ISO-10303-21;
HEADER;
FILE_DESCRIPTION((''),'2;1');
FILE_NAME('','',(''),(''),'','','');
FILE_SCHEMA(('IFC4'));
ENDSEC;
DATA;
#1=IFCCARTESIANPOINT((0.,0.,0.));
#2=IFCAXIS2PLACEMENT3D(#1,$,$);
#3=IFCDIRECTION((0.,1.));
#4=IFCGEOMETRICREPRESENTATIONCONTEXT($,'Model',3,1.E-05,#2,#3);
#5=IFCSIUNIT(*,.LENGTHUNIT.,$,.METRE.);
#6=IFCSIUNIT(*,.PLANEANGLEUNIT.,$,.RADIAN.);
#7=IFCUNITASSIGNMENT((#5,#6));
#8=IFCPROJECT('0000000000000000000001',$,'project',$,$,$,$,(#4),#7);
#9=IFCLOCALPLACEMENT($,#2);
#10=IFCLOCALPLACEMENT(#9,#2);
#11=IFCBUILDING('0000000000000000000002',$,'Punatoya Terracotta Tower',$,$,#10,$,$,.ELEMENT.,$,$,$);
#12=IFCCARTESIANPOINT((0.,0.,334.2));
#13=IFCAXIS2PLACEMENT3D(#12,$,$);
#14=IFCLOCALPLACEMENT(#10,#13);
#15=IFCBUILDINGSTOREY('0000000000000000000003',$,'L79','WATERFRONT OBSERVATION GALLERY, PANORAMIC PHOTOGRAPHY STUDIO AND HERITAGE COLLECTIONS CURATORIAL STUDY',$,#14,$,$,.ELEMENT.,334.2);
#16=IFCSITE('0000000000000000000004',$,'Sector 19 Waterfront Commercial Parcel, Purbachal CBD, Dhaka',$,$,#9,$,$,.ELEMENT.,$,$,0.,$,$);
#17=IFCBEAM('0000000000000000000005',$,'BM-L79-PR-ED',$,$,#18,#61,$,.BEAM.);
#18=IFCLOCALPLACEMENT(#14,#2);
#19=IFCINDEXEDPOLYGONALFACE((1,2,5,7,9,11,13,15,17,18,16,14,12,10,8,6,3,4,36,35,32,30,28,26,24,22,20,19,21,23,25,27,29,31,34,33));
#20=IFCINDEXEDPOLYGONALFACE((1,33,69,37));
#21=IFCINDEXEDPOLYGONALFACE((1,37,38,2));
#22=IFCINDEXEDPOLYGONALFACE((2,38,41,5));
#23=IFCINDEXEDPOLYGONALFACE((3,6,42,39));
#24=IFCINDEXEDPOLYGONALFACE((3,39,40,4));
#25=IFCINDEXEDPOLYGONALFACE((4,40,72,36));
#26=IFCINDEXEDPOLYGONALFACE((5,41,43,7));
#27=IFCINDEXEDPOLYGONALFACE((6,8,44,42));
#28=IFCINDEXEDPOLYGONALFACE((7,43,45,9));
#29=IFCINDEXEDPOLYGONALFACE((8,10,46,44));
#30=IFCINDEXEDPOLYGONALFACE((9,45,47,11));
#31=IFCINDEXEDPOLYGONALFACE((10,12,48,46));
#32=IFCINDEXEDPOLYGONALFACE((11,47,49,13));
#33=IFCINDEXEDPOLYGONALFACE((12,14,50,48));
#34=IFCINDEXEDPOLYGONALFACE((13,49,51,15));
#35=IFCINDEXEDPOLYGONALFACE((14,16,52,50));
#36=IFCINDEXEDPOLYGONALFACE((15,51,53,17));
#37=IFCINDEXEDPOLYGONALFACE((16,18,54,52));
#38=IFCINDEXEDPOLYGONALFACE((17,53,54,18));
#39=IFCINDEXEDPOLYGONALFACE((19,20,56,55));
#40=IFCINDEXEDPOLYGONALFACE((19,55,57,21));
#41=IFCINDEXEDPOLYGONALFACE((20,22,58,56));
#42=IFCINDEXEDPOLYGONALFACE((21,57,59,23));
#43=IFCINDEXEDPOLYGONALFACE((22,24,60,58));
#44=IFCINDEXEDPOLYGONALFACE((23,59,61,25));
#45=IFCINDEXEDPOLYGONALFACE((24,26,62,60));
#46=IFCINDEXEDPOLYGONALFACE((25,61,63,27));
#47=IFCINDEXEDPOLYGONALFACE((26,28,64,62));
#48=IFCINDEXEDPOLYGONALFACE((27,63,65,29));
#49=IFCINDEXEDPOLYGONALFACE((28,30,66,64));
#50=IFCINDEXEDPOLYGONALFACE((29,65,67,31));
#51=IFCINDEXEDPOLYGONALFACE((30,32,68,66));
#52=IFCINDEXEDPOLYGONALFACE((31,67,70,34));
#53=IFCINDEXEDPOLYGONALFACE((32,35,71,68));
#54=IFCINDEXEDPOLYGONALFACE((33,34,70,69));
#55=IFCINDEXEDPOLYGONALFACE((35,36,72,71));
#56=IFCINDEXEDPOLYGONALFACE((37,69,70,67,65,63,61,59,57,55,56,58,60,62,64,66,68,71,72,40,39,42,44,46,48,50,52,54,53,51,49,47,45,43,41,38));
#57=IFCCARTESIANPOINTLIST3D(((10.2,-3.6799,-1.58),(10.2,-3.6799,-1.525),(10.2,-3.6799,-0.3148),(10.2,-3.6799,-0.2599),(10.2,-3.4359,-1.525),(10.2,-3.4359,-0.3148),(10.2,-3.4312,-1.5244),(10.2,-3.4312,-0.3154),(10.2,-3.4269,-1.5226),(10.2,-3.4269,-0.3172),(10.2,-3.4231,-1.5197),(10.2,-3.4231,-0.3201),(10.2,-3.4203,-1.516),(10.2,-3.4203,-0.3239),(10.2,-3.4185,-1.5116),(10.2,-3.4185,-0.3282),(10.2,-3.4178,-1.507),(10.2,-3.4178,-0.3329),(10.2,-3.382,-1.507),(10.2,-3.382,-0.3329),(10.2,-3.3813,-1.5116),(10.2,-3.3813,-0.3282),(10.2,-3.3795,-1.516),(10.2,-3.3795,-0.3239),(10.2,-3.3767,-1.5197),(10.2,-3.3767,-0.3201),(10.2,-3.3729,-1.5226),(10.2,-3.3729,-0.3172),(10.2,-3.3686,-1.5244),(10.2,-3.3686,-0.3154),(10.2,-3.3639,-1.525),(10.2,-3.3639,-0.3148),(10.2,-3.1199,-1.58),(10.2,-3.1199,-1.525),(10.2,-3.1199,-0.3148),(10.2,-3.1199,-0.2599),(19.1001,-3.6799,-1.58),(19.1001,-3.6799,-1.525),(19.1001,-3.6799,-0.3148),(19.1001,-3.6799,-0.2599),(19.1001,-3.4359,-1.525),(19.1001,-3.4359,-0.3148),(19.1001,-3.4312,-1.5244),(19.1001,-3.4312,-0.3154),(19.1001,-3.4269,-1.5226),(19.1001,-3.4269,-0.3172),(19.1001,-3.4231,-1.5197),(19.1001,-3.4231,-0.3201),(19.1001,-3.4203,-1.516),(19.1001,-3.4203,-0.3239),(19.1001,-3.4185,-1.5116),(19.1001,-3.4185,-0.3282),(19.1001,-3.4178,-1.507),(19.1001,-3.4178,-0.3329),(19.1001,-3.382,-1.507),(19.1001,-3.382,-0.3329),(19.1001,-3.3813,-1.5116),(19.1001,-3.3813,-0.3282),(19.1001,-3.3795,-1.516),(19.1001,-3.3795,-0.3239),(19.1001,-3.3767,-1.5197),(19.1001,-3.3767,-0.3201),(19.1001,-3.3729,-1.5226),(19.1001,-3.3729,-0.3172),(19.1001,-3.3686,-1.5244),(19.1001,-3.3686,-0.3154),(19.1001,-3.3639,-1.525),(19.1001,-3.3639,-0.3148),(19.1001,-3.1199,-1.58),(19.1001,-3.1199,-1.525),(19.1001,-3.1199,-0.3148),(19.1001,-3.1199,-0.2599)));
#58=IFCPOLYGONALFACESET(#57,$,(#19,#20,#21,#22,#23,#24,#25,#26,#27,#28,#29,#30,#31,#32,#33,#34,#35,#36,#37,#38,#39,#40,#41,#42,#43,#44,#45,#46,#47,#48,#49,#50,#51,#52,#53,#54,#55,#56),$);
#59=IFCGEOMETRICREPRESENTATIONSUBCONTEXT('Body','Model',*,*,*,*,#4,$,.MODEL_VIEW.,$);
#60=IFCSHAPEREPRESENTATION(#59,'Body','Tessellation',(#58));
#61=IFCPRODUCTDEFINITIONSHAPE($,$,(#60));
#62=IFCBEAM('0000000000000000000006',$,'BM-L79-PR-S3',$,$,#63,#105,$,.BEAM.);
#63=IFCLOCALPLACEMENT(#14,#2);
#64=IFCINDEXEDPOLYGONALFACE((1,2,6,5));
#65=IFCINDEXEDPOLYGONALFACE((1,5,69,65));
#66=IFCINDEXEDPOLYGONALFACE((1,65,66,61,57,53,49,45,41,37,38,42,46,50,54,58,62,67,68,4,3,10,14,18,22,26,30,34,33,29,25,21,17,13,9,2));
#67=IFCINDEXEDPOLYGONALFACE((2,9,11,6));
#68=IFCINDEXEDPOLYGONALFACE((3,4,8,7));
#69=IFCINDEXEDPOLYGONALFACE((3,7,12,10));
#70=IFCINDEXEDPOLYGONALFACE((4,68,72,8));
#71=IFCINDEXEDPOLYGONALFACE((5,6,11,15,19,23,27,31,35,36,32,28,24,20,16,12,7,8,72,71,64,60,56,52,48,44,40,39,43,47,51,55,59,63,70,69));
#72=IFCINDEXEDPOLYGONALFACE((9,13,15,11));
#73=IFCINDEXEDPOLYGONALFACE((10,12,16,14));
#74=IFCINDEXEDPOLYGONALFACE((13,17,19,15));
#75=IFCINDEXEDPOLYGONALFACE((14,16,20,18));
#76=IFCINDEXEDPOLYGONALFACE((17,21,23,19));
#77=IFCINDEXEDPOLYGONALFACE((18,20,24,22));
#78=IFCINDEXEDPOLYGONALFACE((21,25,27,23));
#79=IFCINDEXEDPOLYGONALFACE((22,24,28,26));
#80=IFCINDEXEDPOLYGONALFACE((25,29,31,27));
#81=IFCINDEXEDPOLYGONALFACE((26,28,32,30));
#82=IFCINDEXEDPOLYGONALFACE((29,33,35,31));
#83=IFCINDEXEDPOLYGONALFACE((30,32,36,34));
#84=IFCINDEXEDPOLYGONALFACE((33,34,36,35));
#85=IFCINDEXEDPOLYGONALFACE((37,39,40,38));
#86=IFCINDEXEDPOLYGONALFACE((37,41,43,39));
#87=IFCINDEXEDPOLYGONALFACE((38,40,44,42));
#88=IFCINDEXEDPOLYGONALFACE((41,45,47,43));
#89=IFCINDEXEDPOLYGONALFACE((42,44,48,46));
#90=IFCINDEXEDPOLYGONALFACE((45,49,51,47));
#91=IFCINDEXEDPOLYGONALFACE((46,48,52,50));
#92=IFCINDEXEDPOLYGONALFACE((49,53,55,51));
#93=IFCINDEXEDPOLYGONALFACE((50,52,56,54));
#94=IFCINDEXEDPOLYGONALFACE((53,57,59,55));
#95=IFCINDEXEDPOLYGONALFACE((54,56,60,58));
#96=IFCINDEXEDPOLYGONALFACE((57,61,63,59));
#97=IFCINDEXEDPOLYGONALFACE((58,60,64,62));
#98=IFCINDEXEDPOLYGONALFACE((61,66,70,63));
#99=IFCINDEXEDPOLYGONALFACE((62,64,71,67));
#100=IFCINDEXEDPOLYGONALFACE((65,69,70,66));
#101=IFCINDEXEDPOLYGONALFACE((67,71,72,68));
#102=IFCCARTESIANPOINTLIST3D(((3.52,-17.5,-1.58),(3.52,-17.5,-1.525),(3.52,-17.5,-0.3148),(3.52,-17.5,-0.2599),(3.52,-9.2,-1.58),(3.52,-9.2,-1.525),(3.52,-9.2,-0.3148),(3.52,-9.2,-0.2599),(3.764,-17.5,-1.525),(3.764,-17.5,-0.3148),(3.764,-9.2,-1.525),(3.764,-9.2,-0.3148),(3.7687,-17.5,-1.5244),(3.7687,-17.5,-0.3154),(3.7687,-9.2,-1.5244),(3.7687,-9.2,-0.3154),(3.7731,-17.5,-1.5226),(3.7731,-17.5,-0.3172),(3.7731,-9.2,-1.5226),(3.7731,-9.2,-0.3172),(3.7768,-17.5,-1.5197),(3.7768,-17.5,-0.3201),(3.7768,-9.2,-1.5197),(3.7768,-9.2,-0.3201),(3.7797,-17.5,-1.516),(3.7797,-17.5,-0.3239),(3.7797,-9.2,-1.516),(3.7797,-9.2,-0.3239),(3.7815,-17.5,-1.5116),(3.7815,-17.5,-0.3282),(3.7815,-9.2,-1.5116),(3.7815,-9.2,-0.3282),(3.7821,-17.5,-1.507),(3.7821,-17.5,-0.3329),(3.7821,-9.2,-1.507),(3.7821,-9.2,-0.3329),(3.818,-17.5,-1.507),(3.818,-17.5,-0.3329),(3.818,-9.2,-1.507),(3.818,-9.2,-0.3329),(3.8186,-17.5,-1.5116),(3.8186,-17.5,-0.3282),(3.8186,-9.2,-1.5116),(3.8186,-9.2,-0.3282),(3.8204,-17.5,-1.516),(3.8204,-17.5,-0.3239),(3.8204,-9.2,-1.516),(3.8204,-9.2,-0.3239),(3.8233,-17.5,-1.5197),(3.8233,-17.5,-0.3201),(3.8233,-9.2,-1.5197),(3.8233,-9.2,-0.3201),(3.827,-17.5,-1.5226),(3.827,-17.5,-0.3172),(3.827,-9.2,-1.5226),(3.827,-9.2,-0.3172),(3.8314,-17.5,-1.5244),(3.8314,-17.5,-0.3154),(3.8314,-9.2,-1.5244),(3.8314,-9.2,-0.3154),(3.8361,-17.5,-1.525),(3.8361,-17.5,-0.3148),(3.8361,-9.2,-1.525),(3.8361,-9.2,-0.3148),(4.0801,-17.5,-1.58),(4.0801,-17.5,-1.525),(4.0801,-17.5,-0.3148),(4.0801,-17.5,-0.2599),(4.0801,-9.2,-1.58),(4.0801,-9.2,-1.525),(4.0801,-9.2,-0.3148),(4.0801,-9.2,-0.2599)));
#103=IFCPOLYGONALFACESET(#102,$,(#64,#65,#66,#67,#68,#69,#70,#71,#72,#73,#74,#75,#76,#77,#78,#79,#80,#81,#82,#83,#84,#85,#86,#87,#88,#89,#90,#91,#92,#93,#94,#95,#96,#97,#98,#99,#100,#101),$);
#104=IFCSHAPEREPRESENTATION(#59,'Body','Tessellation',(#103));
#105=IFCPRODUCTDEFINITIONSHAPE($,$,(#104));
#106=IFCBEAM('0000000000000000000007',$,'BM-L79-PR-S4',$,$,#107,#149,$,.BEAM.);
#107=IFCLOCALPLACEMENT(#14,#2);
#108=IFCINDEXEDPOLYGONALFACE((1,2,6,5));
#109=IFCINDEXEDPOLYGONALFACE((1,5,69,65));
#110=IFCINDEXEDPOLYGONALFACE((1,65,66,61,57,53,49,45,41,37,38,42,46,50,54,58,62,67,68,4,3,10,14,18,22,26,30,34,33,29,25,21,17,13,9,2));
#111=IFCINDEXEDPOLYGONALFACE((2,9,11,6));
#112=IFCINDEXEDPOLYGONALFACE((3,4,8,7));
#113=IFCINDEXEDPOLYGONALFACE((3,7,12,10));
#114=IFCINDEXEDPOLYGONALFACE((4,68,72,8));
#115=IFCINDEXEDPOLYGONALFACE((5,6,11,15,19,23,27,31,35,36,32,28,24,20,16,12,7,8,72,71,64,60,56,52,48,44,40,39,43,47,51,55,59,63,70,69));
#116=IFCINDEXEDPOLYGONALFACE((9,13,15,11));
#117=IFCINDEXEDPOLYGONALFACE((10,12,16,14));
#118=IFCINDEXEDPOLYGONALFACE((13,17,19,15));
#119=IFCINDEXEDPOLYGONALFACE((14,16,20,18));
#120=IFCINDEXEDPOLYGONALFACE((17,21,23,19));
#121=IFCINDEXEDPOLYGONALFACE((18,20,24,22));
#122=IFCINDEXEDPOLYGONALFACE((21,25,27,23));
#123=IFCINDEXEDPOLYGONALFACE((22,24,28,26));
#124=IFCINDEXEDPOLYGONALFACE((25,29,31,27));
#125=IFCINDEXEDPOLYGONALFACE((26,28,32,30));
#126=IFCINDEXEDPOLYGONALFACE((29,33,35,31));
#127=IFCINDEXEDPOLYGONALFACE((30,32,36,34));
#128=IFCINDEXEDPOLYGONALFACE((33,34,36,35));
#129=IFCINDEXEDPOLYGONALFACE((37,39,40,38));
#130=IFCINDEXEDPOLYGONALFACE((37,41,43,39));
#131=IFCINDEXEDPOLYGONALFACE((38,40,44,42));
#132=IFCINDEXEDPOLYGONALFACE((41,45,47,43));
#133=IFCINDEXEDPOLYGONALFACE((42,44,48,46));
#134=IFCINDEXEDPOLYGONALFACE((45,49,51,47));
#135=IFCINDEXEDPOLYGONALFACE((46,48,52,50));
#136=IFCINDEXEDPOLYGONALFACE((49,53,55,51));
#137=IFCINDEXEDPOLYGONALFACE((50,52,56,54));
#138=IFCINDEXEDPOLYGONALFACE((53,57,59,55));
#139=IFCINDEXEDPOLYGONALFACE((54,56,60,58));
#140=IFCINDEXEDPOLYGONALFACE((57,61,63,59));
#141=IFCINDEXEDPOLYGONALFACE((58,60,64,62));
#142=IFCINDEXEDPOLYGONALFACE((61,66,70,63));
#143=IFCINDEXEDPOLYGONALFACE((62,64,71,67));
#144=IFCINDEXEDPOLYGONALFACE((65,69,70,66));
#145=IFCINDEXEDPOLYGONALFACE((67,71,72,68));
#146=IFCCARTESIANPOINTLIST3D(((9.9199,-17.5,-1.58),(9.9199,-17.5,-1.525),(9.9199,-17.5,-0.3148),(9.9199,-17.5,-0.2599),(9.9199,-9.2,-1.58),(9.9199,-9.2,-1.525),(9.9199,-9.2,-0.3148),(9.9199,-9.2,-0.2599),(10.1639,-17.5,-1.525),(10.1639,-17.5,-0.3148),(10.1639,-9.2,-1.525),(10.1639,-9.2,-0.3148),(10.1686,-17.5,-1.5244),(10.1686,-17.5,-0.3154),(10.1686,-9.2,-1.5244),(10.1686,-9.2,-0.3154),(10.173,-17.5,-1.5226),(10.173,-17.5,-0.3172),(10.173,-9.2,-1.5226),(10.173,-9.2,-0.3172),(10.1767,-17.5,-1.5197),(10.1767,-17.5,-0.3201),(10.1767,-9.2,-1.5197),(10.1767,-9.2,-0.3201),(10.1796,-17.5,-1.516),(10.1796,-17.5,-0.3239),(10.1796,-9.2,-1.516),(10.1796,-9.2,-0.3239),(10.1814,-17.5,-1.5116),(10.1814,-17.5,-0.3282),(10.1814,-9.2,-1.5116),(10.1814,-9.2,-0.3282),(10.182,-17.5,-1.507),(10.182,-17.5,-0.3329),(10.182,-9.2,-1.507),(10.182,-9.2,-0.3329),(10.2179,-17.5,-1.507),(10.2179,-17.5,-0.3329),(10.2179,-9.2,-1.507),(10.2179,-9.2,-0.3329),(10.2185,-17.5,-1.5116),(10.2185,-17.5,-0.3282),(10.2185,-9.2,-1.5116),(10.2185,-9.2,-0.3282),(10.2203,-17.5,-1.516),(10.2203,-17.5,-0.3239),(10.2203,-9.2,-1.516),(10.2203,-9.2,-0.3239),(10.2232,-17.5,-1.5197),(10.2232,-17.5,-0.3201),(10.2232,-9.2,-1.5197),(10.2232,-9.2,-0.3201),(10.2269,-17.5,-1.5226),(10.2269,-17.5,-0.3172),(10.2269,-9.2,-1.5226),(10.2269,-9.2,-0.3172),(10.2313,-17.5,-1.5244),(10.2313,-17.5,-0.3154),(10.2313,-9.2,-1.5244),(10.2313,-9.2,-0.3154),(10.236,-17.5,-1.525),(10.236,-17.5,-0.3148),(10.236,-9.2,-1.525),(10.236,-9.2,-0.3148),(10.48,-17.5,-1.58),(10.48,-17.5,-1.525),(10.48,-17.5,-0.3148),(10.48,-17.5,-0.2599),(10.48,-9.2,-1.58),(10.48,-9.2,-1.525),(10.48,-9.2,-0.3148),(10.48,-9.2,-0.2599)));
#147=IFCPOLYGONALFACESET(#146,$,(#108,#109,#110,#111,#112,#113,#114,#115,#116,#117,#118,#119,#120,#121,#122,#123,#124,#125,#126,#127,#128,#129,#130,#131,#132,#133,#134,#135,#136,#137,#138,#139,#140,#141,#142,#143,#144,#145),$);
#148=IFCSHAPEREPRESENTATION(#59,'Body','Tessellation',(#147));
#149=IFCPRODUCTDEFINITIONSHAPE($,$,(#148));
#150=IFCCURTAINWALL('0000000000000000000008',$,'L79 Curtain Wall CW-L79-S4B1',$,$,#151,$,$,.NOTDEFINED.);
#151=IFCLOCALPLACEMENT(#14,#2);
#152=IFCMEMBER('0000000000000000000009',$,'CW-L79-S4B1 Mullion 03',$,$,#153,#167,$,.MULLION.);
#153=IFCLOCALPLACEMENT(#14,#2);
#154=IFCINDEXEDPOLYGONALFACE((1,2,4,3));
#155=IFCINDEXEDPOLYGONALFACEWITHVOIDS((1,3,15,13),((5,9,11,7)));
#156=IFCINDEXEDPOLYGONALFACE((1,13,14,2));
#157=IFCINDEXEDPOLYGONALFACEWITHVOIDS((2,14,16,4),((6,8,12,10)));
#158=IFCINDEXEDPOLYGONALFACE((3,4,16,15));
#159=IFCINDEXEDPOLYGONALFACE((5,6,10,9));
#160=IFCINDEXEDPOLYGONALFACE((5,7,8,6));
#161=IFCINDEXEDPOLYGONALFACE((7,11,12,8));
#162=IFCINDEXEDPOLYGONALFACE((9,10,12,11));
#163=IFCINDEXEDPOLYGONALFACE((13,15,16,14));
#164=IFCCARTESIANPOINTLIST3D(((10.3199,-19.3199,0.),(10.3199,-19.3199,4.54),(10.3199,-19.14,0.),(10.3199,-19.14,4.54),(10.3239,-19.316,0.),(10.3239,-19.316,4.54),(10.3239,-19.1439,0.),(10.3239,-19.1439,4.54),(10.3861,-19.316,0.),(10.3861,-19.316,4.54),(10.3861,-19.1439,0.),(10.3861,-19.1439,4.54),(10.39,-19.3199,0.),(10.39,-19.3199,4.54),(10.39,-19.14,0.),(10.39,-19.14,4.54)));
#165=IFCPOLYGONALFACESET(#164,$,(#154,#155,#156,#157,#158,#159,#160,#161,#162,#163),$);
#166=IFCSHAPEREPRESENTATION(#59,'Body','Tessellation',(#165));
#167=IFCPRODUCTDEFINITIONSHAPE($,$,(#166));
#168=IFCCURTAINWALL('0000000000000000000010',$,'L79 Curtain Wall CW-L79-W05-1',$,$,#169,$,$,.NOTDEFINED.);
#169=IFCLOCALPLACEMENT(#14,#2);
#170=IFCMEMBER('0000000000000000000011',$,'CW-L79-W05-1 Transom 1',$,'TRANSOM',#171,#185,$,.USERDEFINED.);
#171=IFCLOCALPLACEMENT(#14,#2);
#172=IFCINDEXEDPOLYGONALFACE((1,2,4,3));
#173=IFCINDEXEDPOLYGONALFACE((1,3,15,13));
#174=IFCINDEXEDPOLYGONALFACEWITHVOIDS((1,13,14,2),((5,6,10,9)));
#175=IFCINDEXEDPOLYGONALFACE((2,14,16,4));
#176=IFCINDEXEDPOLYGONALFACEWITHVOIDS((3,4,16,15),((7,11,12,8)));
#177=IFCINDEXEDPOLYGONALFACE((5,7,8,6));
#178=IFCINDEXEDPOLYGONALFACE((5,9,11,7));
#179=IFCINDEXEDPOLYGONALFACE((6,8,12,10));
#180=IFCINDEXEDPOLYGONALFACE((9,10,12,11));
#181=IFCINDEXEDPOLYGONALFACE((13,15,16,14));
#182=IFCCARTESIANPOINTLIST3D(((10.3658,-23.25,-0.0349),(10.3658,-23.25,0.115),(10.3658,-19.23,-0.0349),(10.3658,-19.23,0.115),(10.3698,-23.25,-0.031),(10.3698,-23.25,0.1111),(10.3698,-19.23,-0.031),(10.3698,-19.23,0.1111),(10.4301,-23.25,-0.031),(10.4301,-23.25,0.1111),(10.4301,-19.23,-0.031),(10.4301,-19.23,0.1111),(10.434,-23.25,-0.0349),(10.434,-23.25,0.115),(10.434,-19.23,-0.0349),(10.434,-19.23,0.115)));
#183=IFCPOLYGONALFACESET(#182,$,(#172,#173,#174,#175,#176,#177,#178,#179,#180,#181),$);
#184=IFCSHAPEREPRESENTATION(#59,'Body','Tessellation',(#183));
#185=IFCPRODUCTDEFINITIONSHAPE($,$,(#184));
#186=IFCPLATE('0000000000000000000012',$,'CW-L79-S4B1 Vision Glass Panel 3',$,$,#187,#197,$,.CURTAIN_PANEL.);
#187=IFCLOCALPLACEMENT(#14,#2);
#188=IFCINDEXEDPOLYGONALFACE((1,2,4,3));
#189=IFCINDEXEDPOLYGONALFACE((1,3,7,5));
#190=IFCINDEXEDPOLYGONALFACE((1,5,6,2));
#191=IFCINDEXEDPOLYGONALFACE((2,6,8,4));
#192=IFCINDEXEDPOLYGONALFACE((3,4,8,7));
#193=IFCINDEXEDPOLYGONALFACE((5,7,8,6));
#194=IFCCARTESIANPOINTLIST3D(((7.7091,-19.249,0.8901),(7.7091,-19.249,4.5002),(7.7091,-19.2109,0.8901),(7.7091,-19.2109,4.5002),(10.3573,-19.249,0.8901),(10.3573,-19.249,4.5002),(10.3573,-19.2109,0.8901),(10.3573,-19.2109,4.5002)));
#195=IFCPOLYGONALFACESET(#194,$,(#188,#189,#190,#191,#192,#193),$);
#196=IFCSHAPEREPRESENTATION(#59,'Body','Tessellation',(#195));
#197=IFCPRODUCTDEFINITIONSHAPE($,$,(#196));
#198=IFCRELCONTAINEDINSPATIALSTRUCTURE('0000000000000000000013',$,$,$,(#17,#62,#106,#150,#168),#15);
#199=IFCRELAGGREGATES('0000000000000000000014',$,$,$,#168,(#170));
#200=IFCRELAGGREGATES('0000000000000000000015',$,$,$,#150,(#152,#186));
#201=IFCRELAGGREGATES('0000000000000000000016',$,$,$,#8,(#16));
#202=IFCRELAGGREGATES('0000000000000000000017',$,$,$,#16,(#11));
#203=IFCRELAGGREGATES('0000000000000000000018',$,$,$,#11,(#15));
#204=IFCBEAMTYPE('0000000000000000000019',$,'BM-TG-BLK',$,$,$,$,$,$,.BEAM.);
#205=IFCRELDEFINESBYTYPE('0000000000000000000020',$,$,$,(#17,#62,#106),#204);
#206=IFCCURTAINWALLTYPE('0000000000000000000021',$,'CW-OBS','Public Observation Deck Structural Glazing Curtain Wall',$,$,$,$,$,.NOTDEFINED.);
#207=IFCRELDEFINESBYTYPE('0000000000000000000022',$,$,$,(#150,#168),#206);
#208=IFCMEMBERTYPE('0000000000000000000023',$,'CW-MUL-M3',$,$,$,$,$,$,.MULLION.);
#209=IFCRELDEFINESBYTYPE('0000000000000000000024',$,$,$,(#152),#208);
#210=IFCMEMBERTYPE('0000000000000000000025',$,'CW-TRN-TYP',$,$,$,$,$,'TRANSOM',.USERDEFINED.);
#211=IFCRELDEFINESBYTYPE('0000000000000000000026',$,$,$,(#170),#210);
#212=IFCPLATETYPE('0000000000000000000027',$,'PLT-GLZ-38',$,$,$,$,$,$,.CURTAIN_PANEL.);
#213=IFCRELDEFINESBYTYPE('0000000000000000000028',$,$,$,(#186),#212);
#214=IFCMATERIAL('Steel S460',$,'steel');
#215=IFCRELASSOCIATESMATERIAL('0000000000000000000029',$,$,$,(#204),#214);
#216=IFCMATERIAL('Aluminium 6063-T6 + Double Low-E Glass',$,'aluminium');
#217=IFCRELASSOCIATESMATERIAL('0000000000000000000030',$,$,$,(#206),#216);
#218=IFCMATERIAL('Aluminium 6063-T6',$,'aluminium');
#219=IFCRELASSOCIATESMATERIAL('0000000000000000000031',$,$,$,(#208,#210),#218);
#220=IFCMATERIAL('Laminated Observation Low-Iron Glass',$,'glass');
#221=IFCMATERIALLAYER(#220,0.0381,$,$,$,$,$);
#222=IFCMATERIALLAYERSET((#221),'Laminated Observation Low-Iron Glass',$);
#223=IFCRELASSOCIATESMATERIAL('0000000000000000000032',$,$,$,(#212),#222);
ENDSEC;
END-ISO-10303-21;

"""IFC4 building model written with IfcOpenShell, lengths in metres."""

from ifc_helpers import new_model, si_unit, direction, frame, origin, origin_2d, place, context, subcontext, project, spatial, rectangle, hollow_rectangle, i_section, extrude, material, layer, layer_set, material_profile, profile_set, type_object, element, aggregate, save


model = new_model("IFC4")

# Units and contexts
model_context = context("Model", 3, precision=1e-05, world=origin(), true_north=direction((0.0, 1.0)))
body_context = subcontext(model_context, "Body", "Model", "MODEL_VIEW")
ifc_project = project(units=[si_unit("LENGTHUNIT", "METRE"), si_unit("PLANEANGLEUNIT", "RADIAN")], contexts=[model_context])

# Site, building, storey
site_placement = place(None, origin())
site = spatial("IfcSite", under=ifc_project, at=site_placement, Name="Sector 19 Waterfront Commercial Parcel, Purbachal CBD, Dhaka", CompositionType="ELEMENT", RefElevation=0.0)
building_placement = place(site_placement, origin())
building = spatial("IfcBuilding", under=site, at=building_placement, Name="Punatoya Terracotta Tower", CompositionType="ELEMENT")
storey_placement = place(building_placement, frame((0.0, 0.0, 334.2)))
storey = spatial("IfcBuildingStorey", under=building, at=storey_placement, Name="L79", Description="WATERFRONT OBSERVATION GALLERY, PANORAMIC PHOTOGRAPHY STUDIO AND HERITAGE COLLECTIONS CURATORIAL STUDY", CompositionType="ELEMENT", Elevation=334.2)

# Shared definitions
ifc_material_1 = material(Name="Steel S460", Category="steel")

# Beams
ifc_material_profile_1 = material_profile(ifc_material_1, i_section(OverallWidth=0.5601, OverallDepth=1.3201, WebThickness=0.0359, FlangeThickness=0.0549, FilletRadius=0.0181, at=origin_2d()))
ifc_profile_set_1 = profile_set([ifc_material_profile_1], Name="Steel S460")
beam_type_1 = type_object("IfcBeamType", Name="BM-TG-BLK", PredefinedType="BEAM", material=ifc_profile_set_1)
for number, where, z_axis, x_axis, name in (
    (1, (10.2, -3.3999, -0.9199), (1.0, 0.0, 0.0), (0.0, 1.0, 0.0), "BM-L79-PR-ED"),
):
    element("IfcBeam", number, at=place(storey_placement, frame(where, z_axis=z_axis, x_axis=x_axis)), inside=storey, type_object=beam_type_1, Name=name, PredefinedType="BEAM", context=body_context, shape_type="SweptSolid", body=[
        extrude(i_section(OverallWidth=0.5601, OverallDepth=1.3201, WebThickness=0.0359, FlangeThickness=0.0549, FilletRadius=0.0181, at=origin_2d()), origin(), (0.0, 0.0, 1.0), 8.9001),
    ])
for number, where, z_axis, x_axis, name in (
    (2, (3.8, -17.5, -0.9199), (0.0, 1.0, 0.0), (-1.0, 0.0, 0.0), "BM-L79-PR-S3"),
    (3, (10.2, -17.5, -0.9199), (0.0, 1.0, 0.0), (-1.0, 0.0, 0.0), "BM-L79-PR-S4"),
):
    element("IfcBeam", number, at=place(storey_placement, frame(where, z_axis=z_axis, x_axis=x_axis)), inside=storey, type_object=beam_type_1, Name=name, PredefinedType="BEAM", context=body_context, shape_type="SweptSolid", body=[
        extrude(i_section(OverallWidth=0.5601, OverallDepth=1.3201, WebThickness=0.0359, FlangeThickness=0.0549, FilletRadius=0.0181, at=origin_2d()), origin(), (0.0, 0.0, 1.0), 8.3),
    ])

# Curtain walls, members
ifc_material_2 = material(Name="Aluminium 6063-T6 + Double Low-E Glass", Category="aluminium")
curtain_wall_type = type_object("IfcCurtainWallType", Name="CW-OBS", Description="Public Observation Deck Structural Glazing Curtain Wall", PredefinedType="NOTDEFINED", material=ifc_material_2)
curtain_wall_1_placement = place(storey_placement, origin())
curtain_wall_1 = element("IfcCurtainWall", 4, at=curtain_wall_1_placement, inside=storey, type_object=curtain_wall_type, Name="L79 Curtain Wall CW-L79-S4B1", PredefinedType="NOTDEFINED")
ifc_material_3 = material(Name="Aluminium 6063-T6", Category="aluminium")
ifc_material_profile_2 = material_profile(ifc_material_3, hollow_rectangle(XDim=0.0701, YDim=0.1799, WallThickness=0.0039, at=origin_2d()))
ifc_profile_set_2 = profile_set([ifc_material_profile_2], Name="Aluminium 6063-T6")
member_type_1 = type_object("IfcMemberType", Name="CW-MUL-M3", PredefinedType="MULLION", material=ifc_profile_set_2)
member_1_placement = place(storey_placement, frame((10.355, -19.23, 0.0), z_axis=(0.0, 0.0, 1.0), x_axis=(1.0, 0.0, 0.0)))
member_1 = element("IfcMember", 5, at=member_1_placement, type_object=member_type_1, Name="CW-L79-S4B1 Mullion 03", PredefinedType="MULLION", context=body_context, shape_type="SweptSolid", body=[
    extrude(hollow_rectangle(XDim=0.0701, YDim=0.1799, WallThickness=0.0039, at=origin_2d()), origin(), (0.0, 0.0, 1.0), 4.54),
])
curtain_wall_2_placement = place(storey_placement, origin())
curtain_wall_2 = element("IfcCurtainWall", 6, at=curtain_wall_2_placement, inside=storey, type_object=curtain_wall_type, Name="L79 Curtain Wall CW-L79-W05-1", PredefinedType="NOTDEFINED")
ifc_material_profile_3 = material_profile(ifc_material_3, hollow_rectangle(XDim=0.0681, YDim=0.1499, WallThickness=0.0039, at=origin_2d()))
ifc_profile_set_3 = profile_set([ifc_material_profile_3], Name="Aluminium 6063-T6")
member_type_2 = type_object("IfcMemberType", Name="CW-TRN-TYP", ElementType="TRANSOM", PredefinedType="USERDEFINED", material=ifc_profile_set_3)
member_2_placement = place(storey_placement, frame((10.3999, -19.23, 0.04), z_axis=(0.0, -1.0, 0.0), x_axis=(1.0, 0.0, 0.0)))
member_2 = element("IfcMember", 7, at=member_2_placement, type_object=member_type_2, Name="CW-L79-W05-1 Transom 1", ObjectType="TRANSOM", PredefinedType="USERDEFINED", context=body_context, shape_type="SweptSolid", body=[
    extrude(hollow_rectangle(XDim=0.0681, YDim=0.1499, WallThickness=0.0039, at=origin_2d()), origin(), (0.0, 0.0, 1.0), 4.02),
])
aggregate(curtain_wall_2, [member_2])

# Plate
ifc_material_4 = material(Name="Laminated Observation Low-Iron Glass", Category="glass")
ifc_layer_1 = layer(ifc_material_4, 0.0381)
ifc_layer_set_1 = layer_set([ifc_layer_1], Name="Laminated Observation Low-Iron Glass")
plate_type = type_object("IfcPlateType", Name="PLT-GLZ-38", PredefinedType="CURTAIN_PANEL", material=ifc_layer_set_1)
plate_placement = place(storey_placement, frame((9.0332, -19.23, 0.8901), z_axis=(0.0, 0.0, 1.0), x_axis=(1.0, 0.0, 0.0)))
plate = element("IfcPlate", 8, at=plate_placement, type_object=plate_type, Name="CW-L79-S4B1 Vision Glass Panel 3", PredefinedType="CURTAIN_PANEL", context=body_context, shape_type="SweptSolid", body=[
    extrude(rectangle(XDim=2.6482, YDim=0.0381, at=origin_2d()), origin(), (0.0, 0.0, 1.0), 3.6101),
])
aggregate(curtain_wall_1, [member_1, plate])

save(model, "model.ifc")
